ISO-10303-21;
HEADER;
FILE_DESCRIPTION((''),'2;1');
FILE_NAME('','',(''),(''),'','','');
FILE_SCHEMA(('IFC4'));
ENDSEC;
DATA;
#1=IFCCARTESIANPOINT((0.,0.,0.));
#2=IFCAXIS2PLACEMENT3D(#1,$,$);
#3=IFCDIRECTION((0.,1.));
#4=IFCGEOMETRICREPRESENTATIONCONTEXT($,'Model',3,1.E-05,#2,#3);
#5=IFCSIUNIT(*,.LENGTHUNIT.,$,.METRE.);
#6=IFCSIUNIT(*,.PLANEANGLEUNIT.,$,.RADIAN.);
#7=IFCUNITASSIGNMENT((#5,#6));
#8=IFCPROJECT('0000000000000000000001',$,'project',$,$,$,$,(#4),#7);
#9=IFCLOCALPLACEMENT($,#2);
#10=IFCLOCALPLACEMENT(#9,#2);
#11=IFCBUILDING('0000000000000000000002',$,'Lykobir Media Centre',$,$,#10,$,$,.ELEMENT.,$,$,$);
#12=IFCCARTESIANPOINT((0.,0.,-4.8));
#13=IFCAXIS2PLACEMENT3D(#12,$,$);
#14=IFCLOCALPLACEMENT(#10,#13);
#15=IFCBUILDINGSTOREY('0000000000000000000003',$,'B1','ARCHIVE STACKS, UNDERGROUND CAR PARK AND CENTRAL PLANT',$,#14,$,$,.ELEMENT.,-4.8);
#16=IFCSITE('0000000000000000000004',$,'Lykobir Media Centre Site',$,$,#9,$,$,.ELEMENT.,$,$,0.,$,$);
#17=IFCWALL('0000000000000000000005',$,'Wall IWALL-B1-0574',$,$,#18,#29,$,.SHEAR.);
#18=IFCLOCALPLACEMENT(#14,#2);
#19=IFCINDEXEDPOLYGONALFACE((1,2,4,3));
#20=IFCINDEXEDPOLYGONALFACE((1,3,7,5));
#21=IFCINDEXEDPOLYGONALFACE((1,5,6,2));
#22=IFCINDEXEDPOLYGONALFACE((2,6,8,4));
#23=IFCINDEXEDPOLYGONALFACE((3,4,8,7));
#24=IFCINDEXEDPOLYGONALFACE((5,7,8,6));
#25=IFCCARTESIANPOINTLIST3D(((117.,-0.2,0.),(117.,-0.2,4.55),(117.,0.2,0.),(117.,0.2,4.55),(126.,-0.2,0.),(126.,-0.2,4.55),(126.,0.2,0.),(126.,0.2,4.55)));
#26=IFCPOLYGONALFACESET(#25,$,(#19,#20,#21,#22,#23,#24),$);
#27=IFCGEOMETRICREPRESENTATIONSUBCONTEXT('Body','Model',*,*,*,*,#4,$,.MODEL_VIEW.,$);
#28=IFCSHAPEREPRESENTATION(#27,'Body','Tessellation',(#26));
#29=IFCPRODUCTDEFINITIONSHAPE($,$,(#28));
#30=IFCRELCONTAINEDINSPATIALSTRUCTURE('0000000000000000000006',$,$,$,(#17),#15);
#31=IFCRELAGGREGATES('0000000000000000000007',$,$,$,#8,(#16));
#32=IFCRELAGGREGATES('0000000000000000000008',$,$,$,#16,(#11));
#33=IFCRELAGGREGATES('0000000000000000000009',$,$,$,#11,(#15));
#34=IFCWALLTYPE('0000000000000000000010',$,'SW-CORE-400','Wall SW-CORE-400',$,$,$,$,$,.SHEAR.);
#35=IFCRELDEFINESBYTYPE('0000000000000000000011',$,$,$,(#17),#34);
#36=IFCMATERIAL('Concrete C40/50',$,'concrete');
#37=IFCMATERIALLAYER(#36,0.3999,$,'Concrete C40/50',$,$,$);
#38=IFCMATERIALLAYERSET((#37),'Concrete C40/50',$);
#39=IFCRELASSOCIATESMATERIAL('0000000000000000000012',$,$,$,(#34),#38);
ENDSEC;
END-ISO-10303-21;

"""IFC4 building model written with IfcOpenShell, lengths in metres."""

from ifc_helpers import new_model, si_unit, direction, frame, frame_2d, origin, place, context, subcontext, project, spatial, rectangle, extrude, material, layer, layer_set, type_object, element, save


model = new_model("IFC4")

# Units and contexts
model_context = context("Model", 3, precision=1e-05, world=origin(), true_north=direction((0.0, 1.0)))
body_context = subcontext(model_context, "Body", "Model", "MODEL_VIEW")
ifc_project = project(units=[si_unit("LENGTHUNIT", "METRE"), si_unit("PLANEANGLEUNIT", "RADIAN")], contexts=[model_context])

# Site, building, storey
site_placement = place(None, origin())
site = spatial("IfcSite", under=ifc_project, at=site_placement, Name="Lykobir Media Centre Site", CompositionType="ELEMENT", RefElevation=0.0)
building_placement = place(site_placement, origin())
building = spatial("IfcBuilding", under=site, at=building_placement, Name="Lykobir Media Centre", CompositionType="ELEMENT")
storey_placement = place(building_placement, frame((0.0, 0.0, -4.8)))
storey = spatial("IfcBuildingStorey", under=building, at=storey_placement, Name="B1", Description="ARCHIVE STACKS, UNDERGROUND CAR PARK AND CENTRAL PLANT", CompositionType="ELEMENT", Elevation=-4.8)

# Shared definitions
ifc_material_1 = material(Name="Concrete C40/50", Category="concrete")

# Wall
ifc_layer_1 = layer(ifc_material_1, 0.3999, Name="Concrete C40/50")
ifc_layer_set_1 = layer_set([ifc_layer_1], Name="Concrete C40/50")
wall_type_1 = type_object("IfcWallType", Name="SW-CORE-400", Description="Wall SW-CORE-400", PredefinedType="SHEAR", material=ifc_layer_set_1)
wall_1_placement = place(storey_placement, frame((117.0, 0.0, 0.0), z_axis=(0.0, 0.0, 1.0), x_axis=(1.0, 0.0, 0.0)))
element("IfcWall", 1, at=wall_1_placement, inside=storey, type_object=wall_type_1, Name="Wall IWALL-B1-0574", PredefinedType="SHEAR", context=body_context, shape_type="SweptSolid", body=[
    extrude(rectangle(XDim=9.0, YDim=0.3999, at=frame_2d((4.5, 0.0))), origin(), (0.0, 0.0, 1.0), 4.55),
])

save(model, "model.ifc")
